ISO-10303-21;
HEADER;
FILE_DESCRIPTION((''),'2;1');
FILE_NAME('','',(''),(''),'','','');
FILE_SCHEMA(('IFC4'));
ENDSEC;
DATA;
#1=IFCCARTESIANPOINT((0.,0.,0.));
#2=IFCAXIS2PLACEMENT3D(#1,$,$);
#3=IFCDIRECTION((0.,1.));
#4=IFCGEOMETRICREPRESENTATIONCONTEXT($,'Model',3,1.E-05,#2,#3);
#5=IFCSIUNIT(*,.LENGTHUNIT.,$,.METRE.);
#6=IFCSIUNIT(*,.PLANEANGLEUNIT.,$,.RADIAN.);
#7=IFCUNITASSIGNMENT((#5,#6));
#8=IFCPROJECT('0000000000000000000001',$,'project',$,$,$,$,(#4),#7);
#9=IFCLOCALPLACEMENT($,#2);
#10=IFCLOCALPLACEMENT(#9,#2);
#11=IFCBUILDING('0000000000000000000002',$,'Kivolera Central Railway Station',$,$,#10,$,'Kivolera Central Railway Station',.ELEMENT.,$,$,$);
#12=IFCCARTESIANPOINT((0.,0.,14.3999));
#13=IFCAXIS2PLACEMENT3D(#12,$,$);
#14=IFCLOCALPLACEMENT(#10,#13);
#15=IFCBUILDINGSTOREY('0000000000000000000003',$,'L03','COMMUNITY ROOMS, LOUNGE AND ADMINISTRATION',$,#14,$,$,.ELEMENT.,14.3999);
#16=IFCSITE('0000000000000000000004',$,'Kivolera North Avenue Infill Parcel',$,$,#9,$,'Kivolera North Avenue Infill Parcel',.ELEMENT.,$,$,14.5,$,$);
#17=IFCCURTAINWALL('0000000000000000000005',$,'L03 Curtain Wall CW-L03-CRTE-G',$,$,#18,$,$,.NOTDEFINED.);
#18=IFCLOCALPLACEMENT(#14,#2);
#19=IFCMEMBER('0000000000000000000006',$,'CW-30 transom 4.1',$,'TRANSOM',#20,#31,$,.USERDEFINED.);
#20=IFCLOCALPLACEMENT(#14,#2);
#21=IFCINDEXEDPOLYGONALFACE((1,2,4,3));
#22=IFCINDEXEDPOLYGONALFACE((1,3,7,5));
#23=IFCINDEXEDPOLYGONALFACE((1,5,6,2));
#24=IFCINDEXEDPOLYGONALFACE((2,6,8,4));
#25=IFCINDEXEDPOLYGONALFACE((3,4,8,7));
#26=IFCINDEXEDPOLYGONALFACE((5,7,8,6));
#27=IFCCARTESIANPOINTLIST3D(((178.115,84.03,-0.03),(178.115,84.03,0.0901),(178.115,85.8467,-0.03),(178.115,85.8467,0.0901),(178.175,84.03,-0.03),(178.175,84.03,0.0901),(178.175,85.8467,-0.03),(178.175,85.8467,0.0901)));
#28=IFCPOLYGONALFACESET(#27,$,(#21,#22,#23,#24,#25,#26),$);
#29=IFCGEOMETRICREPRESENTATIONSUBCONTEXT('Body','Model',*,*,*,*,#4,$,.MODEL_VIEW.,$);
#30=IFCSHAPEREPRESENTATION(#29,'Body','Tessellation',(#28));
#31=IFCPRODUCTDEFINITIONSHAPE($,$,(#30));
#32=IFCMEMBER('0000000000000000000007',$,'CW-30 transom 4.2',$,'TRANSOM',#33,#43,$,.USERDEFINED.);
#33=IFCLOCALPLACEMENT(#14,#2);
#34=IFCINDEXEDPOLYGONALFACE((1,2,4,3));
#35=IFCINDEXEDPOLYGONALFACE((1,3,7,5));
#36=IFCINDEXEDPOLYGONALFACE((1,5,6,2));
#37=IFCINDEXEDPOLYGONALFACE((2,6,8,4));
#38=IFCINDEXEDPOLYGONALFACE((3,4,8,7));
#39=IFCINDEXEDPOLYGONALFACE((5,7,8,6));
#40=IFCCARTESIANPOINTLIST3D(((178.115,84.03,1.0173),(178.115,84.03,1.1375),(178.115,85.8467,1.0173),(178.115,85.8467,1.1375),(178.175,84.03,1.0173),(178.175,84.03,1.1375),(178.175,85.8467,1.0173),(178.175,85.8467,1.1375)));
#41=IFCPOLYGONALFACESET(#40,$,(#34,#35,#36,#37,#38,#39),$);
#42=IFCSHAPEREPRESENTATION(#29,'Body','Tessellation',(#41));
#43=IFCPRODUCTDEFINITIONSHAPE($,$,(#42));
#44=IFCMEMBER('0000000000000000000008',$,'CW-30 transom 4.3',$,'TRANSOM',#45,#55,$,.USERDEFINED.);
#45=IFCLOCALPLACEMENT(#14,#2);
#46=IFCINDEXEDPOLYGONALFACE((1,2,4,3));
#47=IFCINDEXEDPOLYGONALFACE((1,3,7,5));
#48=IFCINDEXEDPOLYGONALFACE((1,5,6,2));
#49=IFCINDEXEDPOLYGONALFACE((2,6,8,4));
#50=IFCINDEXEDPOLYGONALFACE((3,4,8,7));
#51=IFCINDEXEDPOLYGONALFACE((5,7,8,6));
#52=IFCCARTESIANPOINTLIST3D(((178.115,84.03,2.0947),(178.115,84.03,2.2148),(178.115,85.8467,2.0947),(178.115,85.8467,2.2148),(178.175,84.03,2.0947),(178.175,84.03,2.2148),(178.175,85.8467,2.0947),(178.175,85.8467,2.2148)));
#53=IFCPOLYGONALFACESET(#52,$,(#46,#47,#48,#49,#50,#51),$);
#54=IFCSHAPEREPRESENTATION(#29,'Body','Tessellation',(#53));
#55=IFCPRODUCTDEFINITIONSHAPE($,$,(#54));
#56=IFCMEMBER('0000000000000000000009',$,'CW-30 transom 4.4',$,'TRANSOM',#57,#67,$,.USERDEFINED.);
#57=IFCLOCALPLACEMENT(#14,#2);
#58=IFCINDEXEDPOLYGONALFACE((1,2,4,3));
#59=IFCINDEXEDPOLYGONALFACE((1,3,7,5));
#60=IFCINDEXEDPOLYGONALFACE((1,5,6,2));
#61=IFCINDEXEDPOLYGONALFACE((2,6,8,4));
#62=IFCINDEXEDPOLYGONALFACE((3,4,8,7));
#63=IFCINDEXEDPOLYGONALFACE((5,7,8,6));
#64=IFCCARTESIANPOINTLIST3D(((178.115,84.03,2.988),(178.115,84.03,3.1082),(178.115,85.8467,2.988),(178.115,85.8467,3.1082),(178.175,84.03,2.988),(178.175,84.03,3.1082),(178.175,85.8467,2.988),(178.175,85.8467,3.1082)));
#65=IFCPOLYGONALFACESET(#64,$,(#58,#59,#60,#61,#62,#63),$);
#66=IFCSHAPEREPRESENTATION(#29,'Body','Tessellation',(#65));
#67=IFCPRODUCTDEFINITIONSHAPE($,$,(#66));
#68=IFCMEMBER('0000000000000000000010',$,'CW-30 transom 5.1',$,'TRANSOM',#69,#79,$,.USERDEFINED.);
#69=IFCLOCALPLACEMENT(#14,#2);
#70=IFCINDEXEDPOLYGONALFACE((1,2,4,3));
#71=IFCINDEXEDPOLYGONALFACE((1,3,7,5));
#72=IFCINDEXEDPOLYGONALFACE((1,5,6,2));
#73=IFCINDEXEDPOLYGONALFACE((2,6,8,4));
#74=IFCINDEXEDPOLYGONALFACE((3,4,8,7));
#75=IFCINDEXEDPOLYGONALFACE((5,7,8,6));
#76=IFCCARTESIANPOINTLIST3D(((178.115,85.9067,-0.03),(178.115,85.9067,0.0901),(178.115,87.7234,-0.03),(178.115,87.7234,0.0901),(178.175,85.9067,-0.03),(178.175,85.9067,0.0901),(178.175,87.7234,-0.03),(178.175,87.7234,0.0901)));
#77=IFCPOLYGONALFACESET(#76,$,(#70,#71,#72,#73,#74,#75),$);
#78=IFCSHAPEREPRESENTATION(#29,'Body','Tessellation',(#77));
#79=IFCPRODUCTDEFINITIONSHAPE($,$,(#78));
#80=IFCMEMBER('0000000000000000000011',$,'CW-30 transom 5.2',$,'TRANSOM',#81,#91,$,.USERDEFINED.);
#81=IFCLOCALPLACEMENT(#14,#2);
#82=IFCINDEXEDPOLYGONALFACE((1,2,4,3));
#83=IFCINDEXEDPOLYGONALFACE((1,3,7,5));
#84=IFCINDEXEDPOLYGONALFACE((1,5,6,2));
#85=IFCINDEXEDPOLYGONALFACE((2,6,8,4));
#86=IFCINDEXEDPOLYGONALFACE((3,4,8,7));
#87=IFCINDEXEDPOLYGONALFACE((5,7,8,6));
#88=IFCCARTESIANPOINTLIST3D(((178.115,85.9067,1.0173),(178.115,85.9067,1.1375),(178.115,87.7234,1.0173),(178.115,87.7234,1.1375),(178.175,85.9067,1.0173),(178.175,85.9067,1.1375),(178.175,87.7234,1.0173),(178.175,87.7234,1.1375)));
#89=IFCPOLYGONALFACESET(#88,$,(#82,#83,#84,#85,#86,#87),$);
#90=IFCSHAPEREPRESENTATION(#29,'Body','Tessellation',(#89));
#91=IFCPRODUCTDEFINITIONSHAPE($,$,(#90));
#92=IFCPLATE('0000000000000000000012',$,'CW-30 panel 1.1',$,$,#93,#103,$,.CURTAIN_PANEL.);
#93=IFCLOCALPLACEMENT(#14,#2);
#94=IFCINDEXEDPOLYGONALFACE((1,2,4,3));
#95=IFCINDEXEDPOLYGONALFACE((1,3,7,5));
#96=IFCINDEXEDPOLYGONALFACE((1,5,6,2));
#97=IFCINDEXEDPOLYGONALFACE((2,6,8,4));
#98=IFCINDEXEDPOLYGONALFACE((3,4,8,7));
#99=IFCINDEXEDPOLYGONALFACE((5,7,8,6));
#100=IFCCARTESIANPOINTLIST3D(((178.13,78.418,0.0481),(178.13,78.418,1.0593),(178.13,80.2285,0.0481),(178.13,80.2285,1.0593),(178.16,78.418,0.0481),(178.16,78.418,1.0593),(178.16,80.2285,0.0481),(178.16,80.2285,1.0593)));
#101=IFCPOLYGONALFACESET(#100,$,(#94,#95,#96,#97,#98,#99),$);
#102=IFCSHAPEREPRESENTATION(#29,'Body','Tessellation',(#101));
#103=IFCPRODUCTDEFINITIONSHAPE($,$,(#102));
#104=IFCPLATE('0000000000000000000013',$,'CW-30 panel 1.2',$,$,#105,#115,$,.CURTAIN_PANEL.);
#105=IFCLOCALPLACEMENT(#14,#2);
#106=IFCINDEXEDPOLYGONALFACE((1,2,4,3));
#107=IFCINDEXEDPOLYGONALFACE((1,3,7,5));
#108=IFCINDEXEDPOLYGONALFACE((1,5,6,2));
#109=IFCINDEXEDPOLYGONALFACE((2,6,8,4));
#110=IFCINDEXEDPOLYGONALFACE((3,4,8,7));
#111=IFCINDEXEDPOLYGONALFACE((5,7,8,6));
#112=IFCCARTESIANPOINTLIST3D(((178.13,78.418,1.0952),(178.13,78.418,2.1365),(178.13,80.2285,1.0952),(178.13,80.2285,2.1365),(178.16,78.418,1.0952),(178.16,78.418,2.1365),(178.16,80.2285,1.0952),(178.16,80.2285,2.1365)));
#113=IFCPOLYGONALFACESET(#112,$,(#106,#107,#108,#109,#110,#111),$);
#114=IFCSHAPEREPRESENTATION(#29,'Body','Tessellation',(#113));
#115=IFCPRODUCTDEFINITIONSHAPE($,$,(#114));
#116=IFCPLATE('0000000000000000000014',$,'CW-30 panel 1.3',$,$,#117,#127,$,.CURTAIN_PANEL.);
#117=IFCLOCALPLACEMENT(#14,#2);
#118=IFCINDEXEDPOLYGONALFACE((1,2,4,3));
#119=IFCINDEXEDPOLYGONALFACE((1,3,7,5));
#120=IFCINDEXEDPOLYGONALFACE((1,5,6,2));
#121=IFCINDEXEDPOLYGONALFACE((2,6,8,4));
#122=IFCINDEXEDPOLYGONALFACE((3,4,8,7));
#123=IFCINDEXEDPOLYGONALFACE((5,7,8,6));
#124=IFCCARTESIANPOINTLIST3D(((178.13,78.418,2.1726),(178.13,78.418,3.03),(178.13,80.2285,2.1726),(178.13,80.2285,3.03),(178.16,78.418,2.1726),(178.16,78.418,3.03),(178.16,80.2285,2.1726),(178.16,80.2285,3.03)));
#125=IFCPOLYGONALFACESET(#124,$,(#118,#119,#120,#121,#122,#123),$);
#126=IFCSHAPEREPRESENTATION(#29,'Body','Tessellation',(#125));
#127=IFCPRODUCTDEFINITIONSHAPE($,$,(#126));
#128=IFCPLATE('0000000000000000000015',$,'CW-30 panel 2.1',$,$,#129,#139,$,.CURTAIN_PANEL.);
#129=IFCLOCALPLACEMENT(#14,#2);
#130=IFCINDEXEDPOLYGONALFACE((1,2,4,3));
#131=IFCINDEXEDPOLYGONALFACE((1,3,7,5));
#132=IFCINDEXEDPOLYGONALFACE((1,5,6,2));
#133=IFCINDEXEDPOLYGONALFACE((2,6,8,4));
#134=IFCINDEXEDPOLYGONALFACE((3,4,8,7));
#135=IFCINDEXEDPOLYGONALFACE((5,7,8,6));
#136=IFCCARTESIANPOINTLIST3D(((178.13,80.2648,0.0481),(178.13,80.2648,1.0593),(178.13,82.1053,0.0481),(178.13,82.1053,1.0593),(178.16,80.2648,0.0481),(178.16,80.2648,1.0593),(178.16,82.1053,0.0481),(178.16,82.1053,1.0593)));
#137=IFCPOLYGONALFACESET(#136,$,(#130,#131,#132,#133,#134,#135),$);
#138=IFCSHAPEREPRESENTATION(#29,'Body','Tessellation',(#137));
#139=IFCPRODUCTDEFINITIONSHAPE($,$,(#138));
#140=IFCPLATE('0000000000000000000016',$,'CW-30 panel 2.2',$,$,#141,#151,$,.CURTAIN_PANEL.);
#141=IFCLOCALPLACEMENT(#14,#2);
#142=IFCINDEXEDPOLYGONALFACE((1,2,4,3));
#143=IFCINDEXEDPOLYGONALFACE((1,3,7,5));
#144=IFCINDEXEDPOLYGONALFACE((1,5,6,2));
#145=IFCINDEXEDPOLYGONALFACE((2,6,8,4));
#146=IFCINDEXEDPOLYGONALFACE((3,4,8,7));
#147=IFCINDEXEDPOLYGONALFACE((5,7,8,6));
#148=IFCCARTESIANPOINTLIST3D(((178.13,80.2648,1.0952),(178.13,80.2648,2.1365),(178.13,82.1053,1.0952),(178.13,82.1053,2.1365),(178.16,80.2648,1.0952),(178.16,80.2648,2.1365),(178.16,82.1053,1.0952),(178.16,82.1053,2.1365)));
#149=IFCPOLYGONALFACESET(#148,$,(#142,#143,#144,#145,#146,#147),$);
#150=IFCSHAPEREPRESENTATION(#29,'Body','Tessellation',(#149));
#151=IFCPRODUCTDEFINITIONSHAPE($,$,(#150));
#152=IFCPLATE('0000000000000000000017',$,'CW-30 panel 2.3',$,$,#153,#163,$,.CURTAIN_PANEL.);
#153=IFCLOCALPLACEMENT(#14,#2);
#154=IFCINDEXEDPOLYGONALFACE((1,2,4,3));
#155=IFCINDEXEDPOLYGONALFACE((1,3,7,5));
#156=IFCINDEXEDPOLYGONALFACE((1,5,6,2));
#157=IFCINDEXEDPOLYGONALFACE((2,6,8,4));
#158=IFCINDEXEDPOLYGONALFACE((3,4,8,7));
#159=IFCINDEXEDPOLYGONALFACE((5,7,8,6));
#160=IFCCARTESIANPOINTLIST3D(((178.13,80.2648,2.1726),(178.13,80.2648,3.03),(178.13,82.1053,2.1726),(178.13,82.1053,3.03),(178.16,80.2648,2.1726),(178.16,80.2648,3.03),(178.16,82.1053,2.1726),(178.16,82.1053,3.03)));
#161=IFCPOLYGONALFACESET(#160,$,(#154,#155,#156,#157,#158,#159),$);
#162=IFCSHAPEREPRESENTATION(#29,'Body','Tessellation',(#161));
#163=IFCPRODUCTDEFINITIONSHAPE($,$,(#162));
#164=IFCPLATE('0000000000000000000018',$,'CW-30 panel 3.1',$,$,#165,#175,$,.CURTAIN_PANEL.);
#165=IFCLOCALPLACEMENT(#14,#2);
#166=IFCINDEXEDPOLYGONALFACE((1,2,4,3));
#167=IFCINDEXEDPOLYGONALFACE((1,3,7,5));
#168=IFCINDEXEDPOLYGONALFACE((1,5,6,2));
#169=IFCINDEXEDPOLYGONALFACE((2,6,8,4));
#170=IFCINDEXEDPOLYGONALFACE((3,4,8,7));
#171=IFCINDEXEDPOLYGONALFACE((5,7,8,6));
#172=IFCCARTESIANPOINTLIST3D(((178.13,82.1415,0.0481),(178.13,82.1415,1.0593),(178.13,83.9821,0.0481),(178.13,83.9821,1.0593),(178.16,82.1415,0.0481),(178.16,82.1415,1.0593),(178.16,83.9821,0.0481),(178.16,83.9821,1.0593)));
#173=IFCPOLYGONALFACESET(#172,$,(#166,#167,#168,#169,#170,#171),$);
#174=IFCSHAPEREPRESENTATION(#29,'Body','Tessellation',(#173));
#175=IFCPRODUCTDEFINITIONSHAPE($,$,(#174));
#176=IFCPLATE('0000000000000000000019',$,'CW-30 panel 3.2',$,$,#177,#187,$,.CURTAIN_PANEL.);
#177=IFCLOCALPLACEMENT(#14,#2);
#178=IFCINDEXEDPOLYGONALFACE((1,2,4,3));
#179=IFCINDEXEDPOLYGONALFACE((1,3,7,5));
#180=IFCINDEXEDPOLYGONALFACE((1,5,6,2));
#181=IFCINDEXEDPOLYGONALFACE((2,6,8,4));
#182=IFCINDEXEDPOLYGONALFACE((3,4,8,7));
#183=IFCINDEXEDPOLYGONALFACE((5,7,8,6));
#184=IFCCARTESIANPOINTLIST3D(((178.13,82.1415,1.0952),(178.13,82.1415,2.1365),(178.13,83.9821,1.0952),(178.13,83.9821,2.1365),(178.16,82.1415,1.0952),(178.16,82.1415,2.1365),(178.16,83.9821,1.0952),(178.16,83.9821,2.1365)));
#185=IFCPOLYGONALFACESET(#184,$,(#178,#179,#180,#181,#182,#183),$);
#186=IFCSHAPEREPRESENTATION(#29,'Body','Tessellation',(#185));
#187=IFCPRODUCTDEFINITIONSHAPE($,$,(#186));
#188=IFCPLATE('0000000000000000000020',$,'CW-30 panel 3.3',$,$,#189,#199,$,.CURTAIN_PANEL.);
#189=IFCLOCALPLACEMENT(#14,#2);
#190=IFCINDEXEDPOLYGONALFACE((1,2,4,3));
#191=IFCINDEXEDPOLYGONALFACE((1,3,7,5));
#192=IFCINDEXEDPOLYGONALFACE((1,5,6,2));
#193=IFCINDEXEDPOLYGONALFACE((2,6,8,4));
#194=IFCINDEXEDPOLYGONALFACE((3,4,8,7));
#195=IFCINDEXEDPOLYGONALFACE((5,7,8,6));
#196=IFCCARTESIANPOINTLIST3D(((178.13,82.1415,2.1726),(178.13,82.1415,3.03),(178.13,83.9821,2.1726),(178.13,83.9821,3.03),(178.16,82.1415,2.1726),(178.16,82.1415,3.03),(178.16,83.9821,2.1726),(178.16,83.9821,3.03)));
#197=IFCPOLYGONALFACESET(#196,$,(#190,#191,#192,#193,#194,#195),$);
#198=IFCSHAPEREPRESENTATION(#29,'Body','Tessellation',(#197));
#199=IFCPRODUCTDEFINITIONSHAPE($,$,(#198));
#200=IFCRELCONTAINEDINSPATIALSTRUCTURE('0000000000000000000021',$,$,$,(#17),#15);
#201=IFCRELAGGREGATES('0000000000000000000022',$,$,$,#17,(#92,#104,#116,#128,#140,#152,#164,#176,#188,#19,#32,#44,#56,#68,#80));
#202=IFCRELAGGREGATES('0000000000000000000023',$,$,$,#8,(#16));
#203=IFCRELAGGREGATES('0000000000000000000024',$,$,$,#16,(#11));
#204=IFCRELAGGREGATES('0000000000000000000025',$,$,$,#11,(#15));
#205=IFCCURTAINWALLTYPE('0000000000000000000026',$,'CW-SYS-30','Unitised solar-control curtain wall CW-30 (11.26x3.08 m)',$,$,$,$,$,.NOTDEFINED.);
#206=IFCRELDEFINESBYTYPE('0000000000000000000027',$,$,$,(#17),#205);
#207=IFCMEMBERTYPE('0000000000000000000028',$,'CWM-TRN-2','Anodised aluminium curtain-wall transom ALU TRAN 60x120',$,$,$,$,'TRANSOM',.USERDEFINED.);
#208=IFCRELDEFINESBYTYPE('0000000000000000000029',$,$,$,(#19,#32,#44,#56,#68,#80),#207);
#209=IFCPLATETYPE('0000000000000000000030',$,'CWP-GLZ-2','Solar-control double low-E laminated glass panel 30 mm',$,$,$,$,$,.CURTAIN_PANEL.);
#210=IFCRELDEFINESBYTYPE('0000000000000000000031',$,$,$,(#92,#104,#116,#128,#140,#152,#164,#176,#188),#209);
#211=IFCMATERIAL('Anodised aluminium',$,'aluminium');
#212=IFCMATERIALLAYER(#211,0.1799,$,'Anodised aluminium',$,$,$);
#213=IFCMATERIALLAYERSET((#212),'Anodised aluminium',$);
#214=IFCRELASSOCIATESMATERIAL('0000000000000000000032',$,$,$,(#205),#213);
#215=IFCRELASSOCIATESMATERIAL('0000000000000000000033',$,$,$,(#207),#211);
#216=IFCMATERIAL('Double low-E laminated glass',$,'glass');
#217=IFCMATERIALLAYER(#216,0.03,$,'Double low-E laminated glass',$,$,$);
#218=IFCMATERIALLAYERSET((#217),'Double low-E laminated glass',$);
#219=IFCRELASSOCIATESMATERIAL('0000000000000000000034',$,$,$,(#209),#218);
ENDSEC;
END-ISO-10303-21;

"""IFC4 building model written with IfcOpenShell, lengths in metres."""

from ifc_helpers import new_model, si_unit, direction, frame, origin, origin_2d, place, context, subcontext, project, spatial, rectangle, extrude, material, layer, layer_set, material_profile, profile_set, type_object, element, aggregate, save


model = new_model("IFC4")

# Units and contexts
model_context = context("Model", 3, precision=1e-05, world=origin(), true_north=direction((0.0, 1.0)))
body_context = subcontext(model_context, "Body", "Model", "MODEL_VIEW")
ifc_project = project(units=[si_unit("LENGTHUNIT", "METRE"), si_unit("PLANEANGLEUNIT", "RADIAN")], contexts=[model_context])

# Site, building, storey
site_placement = place(None, origin())
site = spatial("IfcSite", under=ifc_project, at=site_placement, Name="Kivolera North Avenue Infill Parcel", LongName="Kivolera North Avenue Infill Parcel", CompositionType="ELEMENT", RefElevation=14.5)
building_placement = place(site_placement, origin())
building = spatial("IfcBuilding", under=site, at=building_placement, Name="Kivolera Central Railway Station", LongName="Kivolera Central Railway Station", CompositionType="ELEMENT")
storey_placement = place(building_placement, frame((0.0, 0.0, 14.3999)))
storey = spatial("IfcBuildingStorey", under=building, at=storey_placement, Name="L03", Description="COMMUNITY ROOMS, LOUNGE AND ADMINISTRATION", CompositionType="ELEMENT", Elevation=14.3999)

# Curtain wall, members, plates
ifc_material_1 = material(Name="Anodised aluminium", Category="aluminium")
ifc_layer_1 = layer(ifc_material_1, 0.1799, Name="Anodised aluminium")
ifc_layer_set_1 = layer_set([ifc_layer_1], Name="Anodised aluminium")
curtain_wall_type = type_object("IfcCurtainWallType", Name="CW-SYS-30", Description="Unitised solar-control curtain wall CW-30 (11.26x3.08 m)", PredefinedType="NOTDEFINED", material=ifc_layer_set_1)
curtain_wall_placement = place(storey_placement, origin())
curtain_wall = element("IfcCurtainWall", 1, at=curtain_wall_placement, inside=storey, type_object=curtain_wall_type, Name="L03 Curtain Wall CW-L03-CRTE-G", PredefinedType="NOTDEFINED")
ifc_material_profile_1 = material_profile(ifc_material_1, rectangle(XDim=0.0601, YDim=0.1201, at=origin_2d()), Name="ALU TRAN 60x120")
ifc_profile_set_1 = profile_set([ifc_material_profile_1], Name="Anodised aluminium")
member_type_1 = type_object("IfcMemberType", Name="CWM-TRN-2", Description="Anodised aluminium curtain-wall transom ALU TRAN 60x120", ElementType="TRANSOM", PredefinedType="USERDEFINED", material=ifc_profile_set_1)
member_1_placement = place(storey_placement, frame((178.145, 84.03, 0.03), z_axis=(0.0, 1.0, 0.0), x_axis=(-1.0, 0.0, 0.0)))
member_1 = element("IfcMember", 2, at=member_1_placement, type_object=member_type_1, Name="CW-30 transom 4.1", ObjectType="TRANSOM", PredefinedType="USERDEFINED", context=body_context, shape_type="SweptSolid", body=[
    extrude(rectangle(XDim=0.0601, YDim=0.1201, at=origin_2d()), origin(), (0.0, 0.0, 1.0), 1.8167),
])
member_2_placement = place(storey_placement, frame((178.145, 84.03, 1.0774), z_axis=(0.0, 1.0, 0.0), x_axis=(-1.0, 0.0, 0.0)))
member_2 = element("IfcMember", 3, at=member_2_placement, type_object=member_type_1, Name="CW-30 transom 4.2", ObjectType="TRANSOM", PredefinedType="USERDEFINED", context=body_context, shape_type="SweptSolid", body=[
    extrude(rectangle(XDim=0.0601, YDim=0.1201, at=origin_2d()), origin(), (0.0, 0.0, 1.0), 1.8167),
])
member_3_placement = place(storey_placement, frame((178.145, 84.03, 2.1548), z_axis=(0.0, 1.0, 0.0), x_axis=(-1.0, 0.0, 0.0)))
member_3 = element("IfcMember", 4, at=member_3_placement, type_object=member_type_1, Name="CW-30 transom 4.3", ObjectType="TRANSOM", PredefinedType="USERDEFINED", context=body_context, shape_type="SweptSolid", body=[
    extrude(rectangle(XDim=0.0601, YDim=0.1201, at=origin_2d()), origin(), (0.0, 0.0, 1.0), 1.8167),
])
member_4_placement = place(storey_placement, frame((178.145, 84.03, 3.0481), z_axis=(0.0, 1.0, 0.0), x_axis=(-1.0, 0.0, 0.0)))
member_4 = element("IfcMember", 5, at=member_4_placement, type_object=member_type_1, Name="CW-30 transom 4.4", ObjectType="TRANSOM", PredefinedType="USERDEFINED", context=body_context, shape_type="SweptSolid", body=[
    extrude(rectangle(XDim=0.0601, YDim=0.1201, at=origin_2d()), origin(), (0.0, 0.0, 1.0), 1.8167),
])
member_5_placement = place(storey_placement, frame((178.145, 85.9067, 0.03), z_axis=(0.0, 1.0, 0.0), x_axis=(-1.0, 0.0, 0.0)))
member_5 = element("IfcMember", 6, at=member_5_placement, type_object=member_type_1, Name="CW-30 transom 5.1", ObjectType="TRANSOM", PredefinedType="USERDEFINED", context=body_context, shape_type="SweptSolid", body=[
    extrude(rectangle(XDim=0.0601, YDim=0.1201, at=origin_2d()), origin(), (0.0, 0.0, 1.0), 1.8167),
])
member_6_placement = place(storey_placement, frame((178.145, 85.9067, 1.0774), z_axis=(0.0, 1.0, 0.0), x_axis=(-1.0, 0.0, 0.0)))
member_6 = element("IfcMember", 7, at=member_6_placement, type_object=member_type_1, Name="CW-30 transom 5.2", ObjectType="TRANSOM", PredefinedType="USERDEFINED", context=body_context, shape_type="SweptSolid", body=[
    extrude(rectangle(XDim=0.0601, YDim=0.1201, at=origin_2d()), origin(), (0.0, 0.0, 1.0), 1.8167),
])
ifc_material_2 = material(Name="Double low-E laminated glass", Category="glass")
ifc_layer_2 = layer(ifc_material_2, 0.03, Name="Double low-E laminated glass")
ifc_layer_set_2 = layer_set([ifc_layer_2], Name="Double low-E laminated glass")
plate_type = type_object("IfcPlateType", Name="CWP-GLZ-2", Description="Solar-control double low-E laminated glass panel 30 mm", PredefinedType="CURTAIN_PANEL", material=ifc_layer_set_2)
plate_1_placement = place(storey_placement, frame((178.145, 79.3232, 0.0481), z_axis=(0.0, 0.0, 1.0), x_axis=(0.0, 1.0, 0.0)))
plate_1 = element("IfcPlate", 8, at=plate_1_placement, type_object=plate_type, Name="CW-30 panel 1.1", PredefinedType="CURTAIN_PANEL", context=body_context, shape_type="SweptSolid", body=[
    extrude(rectangle(XDim=1.8105, YDim=0.03, at=origin_2d()), origin(), (0.0, 0.0, 1.0), 1.0112),
])
plate_2_placement = place(storey_placement, frame((178.145, 79.3232, 1.0952), z_axis=(0.0, 0.0, 1.0), x_axis=(0.0, 1.0, 0.0)))
plate_2 = element("IfcPlate", 9, at=plate_2_placement, type_object=plate_type, Name="CW-30 panel 1.2", PredefinedType="CURTAIN_PANEL", context=body_context, shape_type="SweptSolid", body=[
    extrude(rectangle(XDim=1.8105, YDim=0.03, at=origin_2d()), origin(), (0.0, 0.0, 1.0), 1.0413),
])
plate_3_placement = place(storey_placement, frame((178.145, 79.3232, 2.1726), z_axis=(0.0, 0.0, 1.0), x_axis=(0.0, 1.0, 0.0)))
plate_3 = element("IfcPlate", 10, at=plate_3_placement, type_object=plate_type, Name="CW-30 panel 1.3", PredefinedType="CURTAIN_PANEL", context=body_context, shape_type="SweptSolid", body=[
    extrude(rectangle(XDim=1.8105, YDim=0.03, at=origin_2d()), origin(), (0.0, 0.0, 1.0), 0.8574),
])
plate_4_placement = place(storey_placement, frame((178.145, 81.1851, 0.0481), z_axis=(0.0, 0.0, 1.0), x_axis=(0.0, 1.0, 0.0)))
plate_4 = element("IfcPlate", 11, at=plate_4_placement, type_object=plate_type, Name="CW-30 panel 2.1", PredefinedType="CURTAIN_PANEL", context=body_context, shape_type="SweptSolid", body=[
    extrude(rectangle(XDim=1.8406, YDim=0.03, at=origin_2d()), origin(), (0.0, 0.0, 1.0), 1.0112),
])
plate_5_placement = place(storey_placement, frame((178.145, 81.1851, 1.0952), z_axis=(0.0, 0.0, 1.0), x_axis=(0.0, 1.0, 0.0)))
plate_5 = element("IfcPlate", 12, at=plate_5_placement, type_object=plate_type, Name="CW-30 panel 2.2", PredefinedType="CURTAIN_PANEL", context=body_context, shape_type="SweptSolid", body=[
    extrude(rectangle(XDim=1.8406, YDim=0.03, at=origin_2d()), origin(), (0.0, 0.0, 1.0), 1.0413),
])
plate_6_placement = place(storey_placement, frame((178.145, 81.1851, 2.1726), z_axis=(0.0, 0.0, 1.0), x_axis=(0.0, 1.0, 0.0)))
plate_6 = element("IfcPlate", 13, at=plate_6_placement, type_object=plate_type, Name="CW-30 panel 2.3", PredefinedType="CURTAIN_PANEL", context=body_context, shape_type="SweptSolid", body=[
    extrude(rectangle(XDim=1.8406, YDim=0.03, at=origin_2d()), origin(), (0.0, 0.0, 1.0), 0.8574),
])
plate_7_placement = place(storey_placement, frame((178.145, 83.0618, 0.0481), z_axis=(0.0, 0.0, 1.0), x_axis=(0.0, 1.0, 0.0)))
plate_7 = element("IfcPlate", 14, at=plate_7_placement, type_object=plate_type, Name="CW-30 panel 3.1", PredefinedType="CURTAIN_PANEL", context=body_context, shape_type="SweptSolid", body=[
    extrude(rectangle(XDim=1.8406, YDim=0.03, at=origin_2d()), origin(), (0.0, 0.0, 1.0), 1.0112),
])
plate_8_placement = place(storey_placement, frame((178.145, 83.0618, 1.0952), z_axis=(0.0, 0.0, 1.0), x_axis=(0.0, 1.0, 0.0)))
plate_8 = element("IfcPlate", 15, at=plate_8_placement, type_object=plate_type, Name="CW-30 panel 3.2", PredefinedType="CURTAIN_PANEL", context=body_context, shape_type="SweptSolid", body=[
    extrude(rectangle(XDim=1.8406, YDim=0.03, at=origin_2d()), origin(), (0.0, 0.0, 1.0), 1.0413),
])
plate_9_placement = place(storey_placement, frame((178.145, 83.0618, 2.1726), z_axis=(0.0, 0.0, 1.0), x_axis=(0.0, 1.0, 0.0)))
plate_9 = element("IfcPlate", 16, at=plate_9_placement, type_object=plate_type, Name="CW-30 panel 3.3", PredefinedType="CURTAIN_PANEL", context=body_context, shape_type="SweptSolid", body=[
    extrude(rectangle(XDim=1.8406, YDim=0.03, at=origin_2d()), origin(), (0.0, 0.0, 1.0), 0.8574),
])
aggregate(curtain_wall, [plate_1, plate_2, plate_3, plate_4, plate_5, plate_6, plate_7, plate_8, plate_9, member_1, member_2, member_3, member_4, member_5, member_6])

save(model, "model.ifc")
